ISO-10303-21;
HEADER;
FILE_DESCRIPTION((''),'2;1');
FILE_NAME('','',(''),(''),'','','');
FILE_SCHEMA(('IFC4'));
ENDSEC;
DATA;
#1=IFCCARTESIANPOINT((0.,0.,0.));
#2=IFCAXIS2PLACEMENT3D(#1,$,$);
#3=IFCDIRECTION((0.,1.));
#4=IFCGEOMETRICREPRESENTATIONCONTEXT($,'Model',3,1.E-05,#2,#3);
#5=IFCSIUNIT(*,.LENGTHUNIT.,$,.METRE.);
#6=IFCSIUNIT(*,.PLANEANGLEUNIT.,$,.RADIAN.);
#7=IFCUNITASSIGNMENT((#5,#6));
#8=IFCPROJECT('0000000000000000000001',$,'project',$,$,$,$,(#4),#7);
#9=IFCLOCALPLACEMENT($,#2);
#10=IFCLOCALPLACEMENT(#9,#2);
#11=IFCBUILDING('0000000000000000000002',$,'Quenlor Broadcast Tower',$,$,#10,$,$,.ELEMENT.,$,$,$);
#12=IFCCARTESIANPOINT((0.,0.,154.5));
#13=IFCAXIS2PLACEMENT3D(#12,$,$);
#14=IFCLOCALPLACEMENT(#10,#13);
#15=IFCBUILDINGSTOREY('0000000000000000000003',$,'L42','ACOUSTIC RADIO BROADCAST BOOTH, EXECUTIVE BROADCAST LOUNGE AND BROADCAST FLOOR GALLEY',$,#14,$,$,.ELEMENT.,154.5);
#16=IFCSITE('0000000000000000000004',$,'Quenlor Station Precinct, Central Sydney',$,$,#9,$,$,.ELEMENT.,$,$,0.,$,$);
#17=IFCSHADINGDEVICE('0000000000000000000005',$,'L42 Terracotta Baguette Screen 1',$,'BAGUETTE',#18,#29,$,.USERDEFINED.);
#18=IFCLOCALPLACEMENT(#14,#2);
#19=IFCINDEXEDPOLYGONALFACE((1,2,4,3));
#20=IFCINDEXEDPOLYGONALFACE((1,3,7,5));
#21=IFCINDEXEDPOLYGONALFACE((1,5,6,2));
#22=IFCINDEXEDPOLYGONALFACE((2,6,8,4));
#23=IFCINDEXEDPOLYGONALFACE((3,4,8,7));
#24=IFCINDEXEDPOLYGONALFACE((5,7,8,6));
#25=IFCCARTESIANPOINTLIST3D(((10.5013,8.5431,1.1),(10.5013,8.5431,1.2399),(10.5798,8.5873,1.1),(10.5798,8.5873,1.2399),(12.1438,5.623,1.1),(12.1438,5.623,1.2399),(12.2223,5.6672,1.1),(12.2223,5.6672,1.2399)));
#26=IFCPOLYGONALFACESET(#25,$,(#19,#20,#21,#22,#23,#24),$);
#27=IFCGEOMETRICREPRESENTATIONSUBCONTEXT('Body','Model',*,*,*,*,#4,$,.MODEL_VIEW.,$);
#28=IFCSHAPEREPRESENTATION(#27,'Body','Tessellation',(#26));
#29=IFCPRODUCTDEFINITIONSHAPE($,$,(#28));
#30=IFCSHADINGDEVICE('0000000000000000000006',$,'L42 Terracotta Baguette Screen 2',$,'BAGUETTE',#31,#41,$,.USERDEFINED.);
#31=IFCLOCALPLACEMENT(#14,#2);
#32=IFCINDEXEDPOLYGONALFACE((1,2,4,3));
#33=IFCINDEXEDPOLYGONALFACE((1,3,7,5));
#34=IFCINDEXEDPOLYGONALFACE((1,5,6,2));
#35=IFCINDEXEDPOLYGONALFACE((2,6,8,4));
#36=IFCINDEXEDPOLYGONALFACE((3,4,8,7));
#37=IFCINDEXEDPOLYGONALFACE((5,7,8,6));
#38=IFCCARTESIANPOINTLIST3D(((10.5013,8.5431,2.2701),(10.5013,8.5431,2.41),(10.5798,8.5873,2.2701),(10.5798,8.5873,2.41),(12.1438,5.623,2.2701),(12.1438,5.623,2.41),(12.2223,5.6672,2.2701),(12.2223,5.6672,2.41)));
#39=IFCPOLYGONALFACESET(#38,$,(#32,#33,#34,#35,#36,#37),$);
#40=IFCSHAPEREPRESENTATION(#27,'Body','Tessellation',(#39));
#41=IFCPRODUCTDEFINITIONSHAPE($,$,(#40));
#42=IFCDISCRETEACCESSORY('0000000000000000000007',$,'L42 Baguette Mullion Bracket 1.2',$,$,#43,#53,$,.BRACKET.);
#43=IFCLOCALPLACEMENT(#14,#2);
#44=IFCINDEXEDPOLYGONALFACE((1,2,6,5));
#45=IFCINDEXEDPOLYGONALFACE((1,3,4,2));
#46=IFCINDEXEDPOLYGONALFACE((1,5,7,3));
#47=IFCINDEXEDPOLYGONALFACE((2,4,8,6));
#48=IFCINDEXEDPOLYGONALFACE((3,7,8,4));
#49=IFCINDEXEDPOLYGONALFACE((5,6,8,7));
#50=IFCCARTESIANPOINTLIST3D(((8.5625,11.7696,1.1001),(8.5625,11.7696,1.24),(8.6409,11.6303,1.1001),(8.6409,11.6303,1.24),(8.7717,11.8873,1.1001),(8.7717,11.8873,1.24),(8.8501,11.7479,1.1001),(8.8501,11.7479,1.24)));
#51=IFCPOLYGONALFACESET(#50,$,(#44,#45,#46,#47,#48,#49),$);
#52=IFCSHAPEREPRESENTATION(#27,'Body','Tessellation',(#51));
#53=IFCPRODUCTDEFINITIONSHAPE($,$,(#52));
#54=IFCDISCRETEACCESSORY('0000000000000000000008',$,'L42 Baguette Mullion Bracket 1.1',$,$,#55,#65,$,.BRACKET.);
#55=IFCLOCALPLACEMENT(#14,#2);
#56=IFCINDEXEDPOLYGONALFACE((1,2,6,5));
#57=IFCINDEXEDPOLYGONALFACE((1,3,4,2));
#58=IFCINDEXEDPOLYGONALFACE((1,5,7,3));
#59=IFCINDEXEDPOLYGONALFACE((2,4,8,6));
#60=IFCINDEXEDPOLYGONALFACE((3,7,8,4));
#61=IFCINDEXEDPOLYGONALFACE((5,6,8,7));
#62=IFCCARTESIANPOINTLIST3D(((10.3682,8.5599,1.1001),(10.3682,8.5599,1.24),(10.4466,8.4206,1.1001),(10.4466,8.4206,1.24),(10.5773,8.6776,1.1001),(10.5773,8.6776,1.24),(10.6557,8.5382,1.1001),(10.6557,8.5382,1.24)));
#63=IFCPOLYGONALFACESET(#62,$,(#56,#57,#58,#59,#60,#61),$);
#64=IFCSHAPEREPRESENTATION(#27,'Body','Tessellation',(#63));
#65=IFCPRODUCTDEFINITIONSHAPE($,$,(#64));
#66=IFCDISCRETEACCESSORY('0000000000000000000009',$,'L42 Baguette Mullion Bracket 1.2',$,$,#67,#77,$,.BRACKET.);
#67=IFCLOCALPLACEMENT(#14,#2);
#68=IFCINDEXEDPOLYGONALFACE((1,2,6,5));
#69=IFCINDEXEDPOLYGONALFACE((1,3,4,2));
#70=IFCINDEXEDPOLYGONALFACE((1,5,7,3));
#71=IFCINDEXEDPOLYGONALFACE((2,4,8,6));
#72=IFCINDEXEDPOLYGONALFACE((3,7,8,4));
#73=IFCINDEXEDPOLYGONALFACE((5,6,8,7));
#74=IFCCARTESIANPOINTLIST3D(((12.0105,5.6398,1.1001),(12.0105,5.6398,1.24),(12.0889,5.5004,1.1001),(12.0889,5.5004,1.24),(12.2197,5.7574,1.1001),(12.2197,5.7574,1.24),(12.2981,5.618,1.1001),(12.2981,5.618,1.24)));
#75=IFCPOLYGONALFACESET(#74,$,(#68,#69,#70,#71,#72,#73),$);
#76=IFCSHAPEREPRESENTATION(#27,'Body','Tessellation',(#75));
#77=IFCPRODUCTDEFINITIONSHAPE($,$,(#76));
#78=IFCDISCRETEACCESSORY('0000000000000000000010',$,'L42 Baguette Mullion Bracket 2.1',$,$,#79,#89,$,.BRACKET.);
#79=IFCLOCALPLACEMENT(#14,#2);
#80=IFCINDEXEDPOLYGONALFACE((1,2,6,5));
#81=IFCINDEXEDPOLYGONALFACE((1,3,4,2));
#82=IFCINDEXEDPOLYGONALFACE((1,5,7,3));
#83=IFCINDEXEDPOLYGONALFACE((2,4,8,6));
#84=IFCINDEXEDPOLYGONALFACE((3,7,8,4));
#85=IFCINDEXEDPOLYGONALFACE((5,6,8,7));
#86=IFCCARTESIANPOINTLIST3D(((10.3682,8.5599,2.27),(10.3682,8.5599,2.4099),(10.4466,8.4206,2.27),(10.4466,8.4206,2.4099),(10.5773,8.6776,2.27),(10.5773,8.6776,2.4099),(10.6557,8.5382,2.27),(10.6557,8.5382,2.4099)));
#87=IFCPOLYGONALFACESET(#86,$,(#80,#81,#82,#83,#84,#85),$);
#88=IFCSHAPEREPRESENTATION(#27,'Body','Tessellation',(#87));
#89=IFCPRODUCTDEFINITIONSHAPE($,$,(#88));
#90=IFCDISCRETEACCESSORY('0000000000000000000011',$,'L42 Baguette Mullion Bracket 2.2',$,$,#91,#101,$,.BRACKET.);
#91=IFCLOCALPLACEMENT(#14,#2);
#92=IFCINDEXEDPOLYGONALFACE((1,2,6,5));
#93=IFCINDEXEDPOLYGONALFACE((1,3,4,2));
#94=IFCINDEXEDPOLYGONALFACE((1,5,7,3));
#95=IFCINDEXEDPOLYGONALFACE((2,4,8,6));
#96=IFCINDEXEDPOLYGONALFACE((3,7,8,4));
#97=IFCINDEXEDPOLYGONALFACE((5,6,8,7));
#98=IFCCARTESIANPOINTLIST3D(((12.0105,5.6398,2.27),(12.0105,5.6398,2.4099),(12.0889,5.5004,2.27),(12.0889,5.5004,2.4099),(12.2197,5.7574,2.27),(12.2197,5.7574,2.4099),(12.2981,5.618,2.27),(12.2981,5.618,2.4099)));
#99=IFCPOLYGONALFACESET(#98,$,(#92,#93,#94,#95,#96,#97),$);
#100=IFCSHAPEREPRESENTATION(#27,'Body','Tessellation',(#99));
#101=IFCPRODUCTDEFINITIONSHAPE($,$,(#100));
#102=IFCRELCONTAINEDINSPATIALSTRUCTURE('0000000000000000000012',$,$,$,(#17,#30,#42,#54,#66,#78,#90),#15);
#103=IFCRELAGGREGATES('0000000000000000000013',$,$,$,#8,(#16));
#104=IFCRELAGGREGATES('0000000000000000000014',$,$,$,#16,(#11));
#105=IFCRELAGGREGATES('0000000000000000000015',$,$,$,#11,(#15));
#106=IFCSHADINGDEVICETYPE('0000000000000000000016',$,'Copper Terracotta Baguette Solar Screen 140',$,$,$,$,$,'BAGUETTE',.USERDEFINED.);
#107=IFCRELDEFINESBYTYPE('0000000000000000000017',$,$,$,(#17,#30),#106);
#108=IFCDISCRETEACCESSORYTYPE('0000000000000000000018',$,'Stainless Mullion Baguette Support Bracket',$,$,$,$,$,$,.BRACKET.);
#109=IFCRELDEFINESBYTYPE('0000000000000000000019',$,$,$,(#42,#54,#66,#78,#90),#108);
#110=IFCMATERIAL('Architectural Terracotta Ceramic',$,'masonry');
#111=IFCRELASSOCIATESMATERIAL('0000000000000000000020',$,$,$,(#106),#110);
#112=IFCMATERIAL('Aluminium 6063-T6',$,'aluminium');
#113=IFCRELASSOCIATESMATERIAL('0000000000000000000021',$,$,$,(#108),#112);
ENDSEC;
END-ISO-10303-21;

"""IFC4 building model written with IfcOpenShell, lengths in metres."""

from ifc_helpers import new_model, si_unit, direction, frame, origin, origin_2d, place, context, subcontext, project, spatial, rectangle, extrude, material, material_profile, profile_set, type_object, element, save


model = new_model("IFC4")

# Units and contexts
model_context = context("Model", 3, precision=1e-05, world=origin(), true_north=direction((0.0, 1.0)))
body_context = subcontext(model_context, "Body", "Model", "MODEL_VIEW")
ifc_project = project(units=[si_unit("LENGTHUNIT", "METRE"), si_unit("PLANEANGLEUNIT", "RADIAN")], contexts=[model_context])

# Site, building, storey
site_placement = place(None, origin())
site = spatial("IfcSite", under=ifc_project, at=site_placement, Name="Quenlor Station Precinct, Central Sydney", CompositionType="ELEMENT", RefElevation=0.0)
building_placement = place(site_placement, origin())
building = spatial("IfcBuilding", under=site, at=building_placement, Name="Quenlor Broadcast Tower", CompositionType="ELEMENT")
storey_placement = place(building_placement, frame((0.0, 0.0, 154.5)))
storey = spatial("IfcBuildingStorey", under=building, at=storey_placement, Name="L42", Description="ACOUSTIC RADIO BROADCAST BOOTH, EXECUTIVE BROADCAST LOUNGE AND BROADCAST FLOOR GALLEY", CompositionType="ELEMENT", Elevation=154.5)

# Shading devices
ifc_material_1 = material(Name="Architectural Terracotta Ceramic", Category="masonry")
ifc_material_profile_1 = material_profile(ifc_material_1, rectangle(XDim=0.0901, YDim=0.1399, at=origin_2d()))
ifc_profile_set_1 = profile_set([ifc_material_profile_1], Name="Architectural Terracotta Ceramic BAG90x140")
shading_device_type = type_object("IfcShadingDeviceType", Name="Copper Terracotta Baguette Solar Screen 140", ElementType="BAGUETTE", PredefinedType="USERDEFINED", material=ifc_profile_set_1)
for number, where, z_axis, x_axis, name in (
    (1, (10.5405, 8.5652, 1.1699), (0.490258, -0.871577, 0.0), (0.871577, 0.490258, 0.0), "L42 Terracotta Baguette Screen 1"),
    (2, (10.5405, 8.5652, 2.3401), (0.490258, -0.871577, 0.0), (0.871577, 0.490258, 0.0), "L42 Terracotta Baguette Screen 2"),
):
    element("IfcShadingDevice", number, at=place(storey_placement, frame(where, z_axis=z_axis, x_axis=x_axis)), inside=storey, type_object=shading_device_type, Name=name, ObjectType="BAGUETTE", PredefinedType="USERDEFINED", context=body_context, shape_type="SweptSolid", body=[
        extrude(rectangle(XDim=0.0901, YDim=0.1399, at=origin_2d()), origin(), (0.0, 0.0, 1.0), 3.3503),
    ])

# Discrete accessories
ifc_material_2 = material(Name="Aluminium 6063-T6", Category="aluminium")
discrete_accessory_type = type_object("IfcDiscreteAccessoryType", Name="Stainless Mullion Baguette Support Bracket", PredefinedType="BRACKET", material=ifc_material_2)
for number, where, z_axis, x_axis, name in (
    (3, (8.7063, 11.7588, 1.1001), (0.0, 0.0, 1.0), (0.49027, -0.871571, 0.0), "L42 Baguette Mullion Bracket 1.2"),
    (4, (10.512, 8.5491, 1.1001), (0.0, 0.0, 1.0), (0.490256, -0.871579, 0.0), "L42 Baguette Mullion Bracket 1.1"),
    (5, (12.1543, 5.6289, 1.1001), (0.0, 0.0, 1.0), (0.490256, -0.871579, 0.0), "L42 Baguette Mullion Bracket 1.2"),
    (6, (10.512, 8.5491, 2.27), (0.0, 0.0, 1.0), (0.490256, -0.871579, 0.0), "L42 Baguette Mullion Bracket 2.1"),
    (7, (12.1543, 5.6289, 2.27), (0.0, 0.0, 1.0), (0.490256, -0.871579, 0.0), "L42 Baguette Mullion Bracket 2.2"),
):
    element("IfcDiscreteAccessory", number, at=place(storey_placement, frame(where, z_axis=z_axis, x_axis=x_axis)), inside=storey, type_object=discrete_accessory_type, Name=name, PredefinedType="BRACKET", context=body_context, shape_type="SweptSolid", body=[
        extrude(rectangle(XDim=0.1599, YDim=0.24, at=origin_2d()), origin(), (0.0, 0.0, 1.0), 0.1399),
    ])

save(model, "model.ifc")
